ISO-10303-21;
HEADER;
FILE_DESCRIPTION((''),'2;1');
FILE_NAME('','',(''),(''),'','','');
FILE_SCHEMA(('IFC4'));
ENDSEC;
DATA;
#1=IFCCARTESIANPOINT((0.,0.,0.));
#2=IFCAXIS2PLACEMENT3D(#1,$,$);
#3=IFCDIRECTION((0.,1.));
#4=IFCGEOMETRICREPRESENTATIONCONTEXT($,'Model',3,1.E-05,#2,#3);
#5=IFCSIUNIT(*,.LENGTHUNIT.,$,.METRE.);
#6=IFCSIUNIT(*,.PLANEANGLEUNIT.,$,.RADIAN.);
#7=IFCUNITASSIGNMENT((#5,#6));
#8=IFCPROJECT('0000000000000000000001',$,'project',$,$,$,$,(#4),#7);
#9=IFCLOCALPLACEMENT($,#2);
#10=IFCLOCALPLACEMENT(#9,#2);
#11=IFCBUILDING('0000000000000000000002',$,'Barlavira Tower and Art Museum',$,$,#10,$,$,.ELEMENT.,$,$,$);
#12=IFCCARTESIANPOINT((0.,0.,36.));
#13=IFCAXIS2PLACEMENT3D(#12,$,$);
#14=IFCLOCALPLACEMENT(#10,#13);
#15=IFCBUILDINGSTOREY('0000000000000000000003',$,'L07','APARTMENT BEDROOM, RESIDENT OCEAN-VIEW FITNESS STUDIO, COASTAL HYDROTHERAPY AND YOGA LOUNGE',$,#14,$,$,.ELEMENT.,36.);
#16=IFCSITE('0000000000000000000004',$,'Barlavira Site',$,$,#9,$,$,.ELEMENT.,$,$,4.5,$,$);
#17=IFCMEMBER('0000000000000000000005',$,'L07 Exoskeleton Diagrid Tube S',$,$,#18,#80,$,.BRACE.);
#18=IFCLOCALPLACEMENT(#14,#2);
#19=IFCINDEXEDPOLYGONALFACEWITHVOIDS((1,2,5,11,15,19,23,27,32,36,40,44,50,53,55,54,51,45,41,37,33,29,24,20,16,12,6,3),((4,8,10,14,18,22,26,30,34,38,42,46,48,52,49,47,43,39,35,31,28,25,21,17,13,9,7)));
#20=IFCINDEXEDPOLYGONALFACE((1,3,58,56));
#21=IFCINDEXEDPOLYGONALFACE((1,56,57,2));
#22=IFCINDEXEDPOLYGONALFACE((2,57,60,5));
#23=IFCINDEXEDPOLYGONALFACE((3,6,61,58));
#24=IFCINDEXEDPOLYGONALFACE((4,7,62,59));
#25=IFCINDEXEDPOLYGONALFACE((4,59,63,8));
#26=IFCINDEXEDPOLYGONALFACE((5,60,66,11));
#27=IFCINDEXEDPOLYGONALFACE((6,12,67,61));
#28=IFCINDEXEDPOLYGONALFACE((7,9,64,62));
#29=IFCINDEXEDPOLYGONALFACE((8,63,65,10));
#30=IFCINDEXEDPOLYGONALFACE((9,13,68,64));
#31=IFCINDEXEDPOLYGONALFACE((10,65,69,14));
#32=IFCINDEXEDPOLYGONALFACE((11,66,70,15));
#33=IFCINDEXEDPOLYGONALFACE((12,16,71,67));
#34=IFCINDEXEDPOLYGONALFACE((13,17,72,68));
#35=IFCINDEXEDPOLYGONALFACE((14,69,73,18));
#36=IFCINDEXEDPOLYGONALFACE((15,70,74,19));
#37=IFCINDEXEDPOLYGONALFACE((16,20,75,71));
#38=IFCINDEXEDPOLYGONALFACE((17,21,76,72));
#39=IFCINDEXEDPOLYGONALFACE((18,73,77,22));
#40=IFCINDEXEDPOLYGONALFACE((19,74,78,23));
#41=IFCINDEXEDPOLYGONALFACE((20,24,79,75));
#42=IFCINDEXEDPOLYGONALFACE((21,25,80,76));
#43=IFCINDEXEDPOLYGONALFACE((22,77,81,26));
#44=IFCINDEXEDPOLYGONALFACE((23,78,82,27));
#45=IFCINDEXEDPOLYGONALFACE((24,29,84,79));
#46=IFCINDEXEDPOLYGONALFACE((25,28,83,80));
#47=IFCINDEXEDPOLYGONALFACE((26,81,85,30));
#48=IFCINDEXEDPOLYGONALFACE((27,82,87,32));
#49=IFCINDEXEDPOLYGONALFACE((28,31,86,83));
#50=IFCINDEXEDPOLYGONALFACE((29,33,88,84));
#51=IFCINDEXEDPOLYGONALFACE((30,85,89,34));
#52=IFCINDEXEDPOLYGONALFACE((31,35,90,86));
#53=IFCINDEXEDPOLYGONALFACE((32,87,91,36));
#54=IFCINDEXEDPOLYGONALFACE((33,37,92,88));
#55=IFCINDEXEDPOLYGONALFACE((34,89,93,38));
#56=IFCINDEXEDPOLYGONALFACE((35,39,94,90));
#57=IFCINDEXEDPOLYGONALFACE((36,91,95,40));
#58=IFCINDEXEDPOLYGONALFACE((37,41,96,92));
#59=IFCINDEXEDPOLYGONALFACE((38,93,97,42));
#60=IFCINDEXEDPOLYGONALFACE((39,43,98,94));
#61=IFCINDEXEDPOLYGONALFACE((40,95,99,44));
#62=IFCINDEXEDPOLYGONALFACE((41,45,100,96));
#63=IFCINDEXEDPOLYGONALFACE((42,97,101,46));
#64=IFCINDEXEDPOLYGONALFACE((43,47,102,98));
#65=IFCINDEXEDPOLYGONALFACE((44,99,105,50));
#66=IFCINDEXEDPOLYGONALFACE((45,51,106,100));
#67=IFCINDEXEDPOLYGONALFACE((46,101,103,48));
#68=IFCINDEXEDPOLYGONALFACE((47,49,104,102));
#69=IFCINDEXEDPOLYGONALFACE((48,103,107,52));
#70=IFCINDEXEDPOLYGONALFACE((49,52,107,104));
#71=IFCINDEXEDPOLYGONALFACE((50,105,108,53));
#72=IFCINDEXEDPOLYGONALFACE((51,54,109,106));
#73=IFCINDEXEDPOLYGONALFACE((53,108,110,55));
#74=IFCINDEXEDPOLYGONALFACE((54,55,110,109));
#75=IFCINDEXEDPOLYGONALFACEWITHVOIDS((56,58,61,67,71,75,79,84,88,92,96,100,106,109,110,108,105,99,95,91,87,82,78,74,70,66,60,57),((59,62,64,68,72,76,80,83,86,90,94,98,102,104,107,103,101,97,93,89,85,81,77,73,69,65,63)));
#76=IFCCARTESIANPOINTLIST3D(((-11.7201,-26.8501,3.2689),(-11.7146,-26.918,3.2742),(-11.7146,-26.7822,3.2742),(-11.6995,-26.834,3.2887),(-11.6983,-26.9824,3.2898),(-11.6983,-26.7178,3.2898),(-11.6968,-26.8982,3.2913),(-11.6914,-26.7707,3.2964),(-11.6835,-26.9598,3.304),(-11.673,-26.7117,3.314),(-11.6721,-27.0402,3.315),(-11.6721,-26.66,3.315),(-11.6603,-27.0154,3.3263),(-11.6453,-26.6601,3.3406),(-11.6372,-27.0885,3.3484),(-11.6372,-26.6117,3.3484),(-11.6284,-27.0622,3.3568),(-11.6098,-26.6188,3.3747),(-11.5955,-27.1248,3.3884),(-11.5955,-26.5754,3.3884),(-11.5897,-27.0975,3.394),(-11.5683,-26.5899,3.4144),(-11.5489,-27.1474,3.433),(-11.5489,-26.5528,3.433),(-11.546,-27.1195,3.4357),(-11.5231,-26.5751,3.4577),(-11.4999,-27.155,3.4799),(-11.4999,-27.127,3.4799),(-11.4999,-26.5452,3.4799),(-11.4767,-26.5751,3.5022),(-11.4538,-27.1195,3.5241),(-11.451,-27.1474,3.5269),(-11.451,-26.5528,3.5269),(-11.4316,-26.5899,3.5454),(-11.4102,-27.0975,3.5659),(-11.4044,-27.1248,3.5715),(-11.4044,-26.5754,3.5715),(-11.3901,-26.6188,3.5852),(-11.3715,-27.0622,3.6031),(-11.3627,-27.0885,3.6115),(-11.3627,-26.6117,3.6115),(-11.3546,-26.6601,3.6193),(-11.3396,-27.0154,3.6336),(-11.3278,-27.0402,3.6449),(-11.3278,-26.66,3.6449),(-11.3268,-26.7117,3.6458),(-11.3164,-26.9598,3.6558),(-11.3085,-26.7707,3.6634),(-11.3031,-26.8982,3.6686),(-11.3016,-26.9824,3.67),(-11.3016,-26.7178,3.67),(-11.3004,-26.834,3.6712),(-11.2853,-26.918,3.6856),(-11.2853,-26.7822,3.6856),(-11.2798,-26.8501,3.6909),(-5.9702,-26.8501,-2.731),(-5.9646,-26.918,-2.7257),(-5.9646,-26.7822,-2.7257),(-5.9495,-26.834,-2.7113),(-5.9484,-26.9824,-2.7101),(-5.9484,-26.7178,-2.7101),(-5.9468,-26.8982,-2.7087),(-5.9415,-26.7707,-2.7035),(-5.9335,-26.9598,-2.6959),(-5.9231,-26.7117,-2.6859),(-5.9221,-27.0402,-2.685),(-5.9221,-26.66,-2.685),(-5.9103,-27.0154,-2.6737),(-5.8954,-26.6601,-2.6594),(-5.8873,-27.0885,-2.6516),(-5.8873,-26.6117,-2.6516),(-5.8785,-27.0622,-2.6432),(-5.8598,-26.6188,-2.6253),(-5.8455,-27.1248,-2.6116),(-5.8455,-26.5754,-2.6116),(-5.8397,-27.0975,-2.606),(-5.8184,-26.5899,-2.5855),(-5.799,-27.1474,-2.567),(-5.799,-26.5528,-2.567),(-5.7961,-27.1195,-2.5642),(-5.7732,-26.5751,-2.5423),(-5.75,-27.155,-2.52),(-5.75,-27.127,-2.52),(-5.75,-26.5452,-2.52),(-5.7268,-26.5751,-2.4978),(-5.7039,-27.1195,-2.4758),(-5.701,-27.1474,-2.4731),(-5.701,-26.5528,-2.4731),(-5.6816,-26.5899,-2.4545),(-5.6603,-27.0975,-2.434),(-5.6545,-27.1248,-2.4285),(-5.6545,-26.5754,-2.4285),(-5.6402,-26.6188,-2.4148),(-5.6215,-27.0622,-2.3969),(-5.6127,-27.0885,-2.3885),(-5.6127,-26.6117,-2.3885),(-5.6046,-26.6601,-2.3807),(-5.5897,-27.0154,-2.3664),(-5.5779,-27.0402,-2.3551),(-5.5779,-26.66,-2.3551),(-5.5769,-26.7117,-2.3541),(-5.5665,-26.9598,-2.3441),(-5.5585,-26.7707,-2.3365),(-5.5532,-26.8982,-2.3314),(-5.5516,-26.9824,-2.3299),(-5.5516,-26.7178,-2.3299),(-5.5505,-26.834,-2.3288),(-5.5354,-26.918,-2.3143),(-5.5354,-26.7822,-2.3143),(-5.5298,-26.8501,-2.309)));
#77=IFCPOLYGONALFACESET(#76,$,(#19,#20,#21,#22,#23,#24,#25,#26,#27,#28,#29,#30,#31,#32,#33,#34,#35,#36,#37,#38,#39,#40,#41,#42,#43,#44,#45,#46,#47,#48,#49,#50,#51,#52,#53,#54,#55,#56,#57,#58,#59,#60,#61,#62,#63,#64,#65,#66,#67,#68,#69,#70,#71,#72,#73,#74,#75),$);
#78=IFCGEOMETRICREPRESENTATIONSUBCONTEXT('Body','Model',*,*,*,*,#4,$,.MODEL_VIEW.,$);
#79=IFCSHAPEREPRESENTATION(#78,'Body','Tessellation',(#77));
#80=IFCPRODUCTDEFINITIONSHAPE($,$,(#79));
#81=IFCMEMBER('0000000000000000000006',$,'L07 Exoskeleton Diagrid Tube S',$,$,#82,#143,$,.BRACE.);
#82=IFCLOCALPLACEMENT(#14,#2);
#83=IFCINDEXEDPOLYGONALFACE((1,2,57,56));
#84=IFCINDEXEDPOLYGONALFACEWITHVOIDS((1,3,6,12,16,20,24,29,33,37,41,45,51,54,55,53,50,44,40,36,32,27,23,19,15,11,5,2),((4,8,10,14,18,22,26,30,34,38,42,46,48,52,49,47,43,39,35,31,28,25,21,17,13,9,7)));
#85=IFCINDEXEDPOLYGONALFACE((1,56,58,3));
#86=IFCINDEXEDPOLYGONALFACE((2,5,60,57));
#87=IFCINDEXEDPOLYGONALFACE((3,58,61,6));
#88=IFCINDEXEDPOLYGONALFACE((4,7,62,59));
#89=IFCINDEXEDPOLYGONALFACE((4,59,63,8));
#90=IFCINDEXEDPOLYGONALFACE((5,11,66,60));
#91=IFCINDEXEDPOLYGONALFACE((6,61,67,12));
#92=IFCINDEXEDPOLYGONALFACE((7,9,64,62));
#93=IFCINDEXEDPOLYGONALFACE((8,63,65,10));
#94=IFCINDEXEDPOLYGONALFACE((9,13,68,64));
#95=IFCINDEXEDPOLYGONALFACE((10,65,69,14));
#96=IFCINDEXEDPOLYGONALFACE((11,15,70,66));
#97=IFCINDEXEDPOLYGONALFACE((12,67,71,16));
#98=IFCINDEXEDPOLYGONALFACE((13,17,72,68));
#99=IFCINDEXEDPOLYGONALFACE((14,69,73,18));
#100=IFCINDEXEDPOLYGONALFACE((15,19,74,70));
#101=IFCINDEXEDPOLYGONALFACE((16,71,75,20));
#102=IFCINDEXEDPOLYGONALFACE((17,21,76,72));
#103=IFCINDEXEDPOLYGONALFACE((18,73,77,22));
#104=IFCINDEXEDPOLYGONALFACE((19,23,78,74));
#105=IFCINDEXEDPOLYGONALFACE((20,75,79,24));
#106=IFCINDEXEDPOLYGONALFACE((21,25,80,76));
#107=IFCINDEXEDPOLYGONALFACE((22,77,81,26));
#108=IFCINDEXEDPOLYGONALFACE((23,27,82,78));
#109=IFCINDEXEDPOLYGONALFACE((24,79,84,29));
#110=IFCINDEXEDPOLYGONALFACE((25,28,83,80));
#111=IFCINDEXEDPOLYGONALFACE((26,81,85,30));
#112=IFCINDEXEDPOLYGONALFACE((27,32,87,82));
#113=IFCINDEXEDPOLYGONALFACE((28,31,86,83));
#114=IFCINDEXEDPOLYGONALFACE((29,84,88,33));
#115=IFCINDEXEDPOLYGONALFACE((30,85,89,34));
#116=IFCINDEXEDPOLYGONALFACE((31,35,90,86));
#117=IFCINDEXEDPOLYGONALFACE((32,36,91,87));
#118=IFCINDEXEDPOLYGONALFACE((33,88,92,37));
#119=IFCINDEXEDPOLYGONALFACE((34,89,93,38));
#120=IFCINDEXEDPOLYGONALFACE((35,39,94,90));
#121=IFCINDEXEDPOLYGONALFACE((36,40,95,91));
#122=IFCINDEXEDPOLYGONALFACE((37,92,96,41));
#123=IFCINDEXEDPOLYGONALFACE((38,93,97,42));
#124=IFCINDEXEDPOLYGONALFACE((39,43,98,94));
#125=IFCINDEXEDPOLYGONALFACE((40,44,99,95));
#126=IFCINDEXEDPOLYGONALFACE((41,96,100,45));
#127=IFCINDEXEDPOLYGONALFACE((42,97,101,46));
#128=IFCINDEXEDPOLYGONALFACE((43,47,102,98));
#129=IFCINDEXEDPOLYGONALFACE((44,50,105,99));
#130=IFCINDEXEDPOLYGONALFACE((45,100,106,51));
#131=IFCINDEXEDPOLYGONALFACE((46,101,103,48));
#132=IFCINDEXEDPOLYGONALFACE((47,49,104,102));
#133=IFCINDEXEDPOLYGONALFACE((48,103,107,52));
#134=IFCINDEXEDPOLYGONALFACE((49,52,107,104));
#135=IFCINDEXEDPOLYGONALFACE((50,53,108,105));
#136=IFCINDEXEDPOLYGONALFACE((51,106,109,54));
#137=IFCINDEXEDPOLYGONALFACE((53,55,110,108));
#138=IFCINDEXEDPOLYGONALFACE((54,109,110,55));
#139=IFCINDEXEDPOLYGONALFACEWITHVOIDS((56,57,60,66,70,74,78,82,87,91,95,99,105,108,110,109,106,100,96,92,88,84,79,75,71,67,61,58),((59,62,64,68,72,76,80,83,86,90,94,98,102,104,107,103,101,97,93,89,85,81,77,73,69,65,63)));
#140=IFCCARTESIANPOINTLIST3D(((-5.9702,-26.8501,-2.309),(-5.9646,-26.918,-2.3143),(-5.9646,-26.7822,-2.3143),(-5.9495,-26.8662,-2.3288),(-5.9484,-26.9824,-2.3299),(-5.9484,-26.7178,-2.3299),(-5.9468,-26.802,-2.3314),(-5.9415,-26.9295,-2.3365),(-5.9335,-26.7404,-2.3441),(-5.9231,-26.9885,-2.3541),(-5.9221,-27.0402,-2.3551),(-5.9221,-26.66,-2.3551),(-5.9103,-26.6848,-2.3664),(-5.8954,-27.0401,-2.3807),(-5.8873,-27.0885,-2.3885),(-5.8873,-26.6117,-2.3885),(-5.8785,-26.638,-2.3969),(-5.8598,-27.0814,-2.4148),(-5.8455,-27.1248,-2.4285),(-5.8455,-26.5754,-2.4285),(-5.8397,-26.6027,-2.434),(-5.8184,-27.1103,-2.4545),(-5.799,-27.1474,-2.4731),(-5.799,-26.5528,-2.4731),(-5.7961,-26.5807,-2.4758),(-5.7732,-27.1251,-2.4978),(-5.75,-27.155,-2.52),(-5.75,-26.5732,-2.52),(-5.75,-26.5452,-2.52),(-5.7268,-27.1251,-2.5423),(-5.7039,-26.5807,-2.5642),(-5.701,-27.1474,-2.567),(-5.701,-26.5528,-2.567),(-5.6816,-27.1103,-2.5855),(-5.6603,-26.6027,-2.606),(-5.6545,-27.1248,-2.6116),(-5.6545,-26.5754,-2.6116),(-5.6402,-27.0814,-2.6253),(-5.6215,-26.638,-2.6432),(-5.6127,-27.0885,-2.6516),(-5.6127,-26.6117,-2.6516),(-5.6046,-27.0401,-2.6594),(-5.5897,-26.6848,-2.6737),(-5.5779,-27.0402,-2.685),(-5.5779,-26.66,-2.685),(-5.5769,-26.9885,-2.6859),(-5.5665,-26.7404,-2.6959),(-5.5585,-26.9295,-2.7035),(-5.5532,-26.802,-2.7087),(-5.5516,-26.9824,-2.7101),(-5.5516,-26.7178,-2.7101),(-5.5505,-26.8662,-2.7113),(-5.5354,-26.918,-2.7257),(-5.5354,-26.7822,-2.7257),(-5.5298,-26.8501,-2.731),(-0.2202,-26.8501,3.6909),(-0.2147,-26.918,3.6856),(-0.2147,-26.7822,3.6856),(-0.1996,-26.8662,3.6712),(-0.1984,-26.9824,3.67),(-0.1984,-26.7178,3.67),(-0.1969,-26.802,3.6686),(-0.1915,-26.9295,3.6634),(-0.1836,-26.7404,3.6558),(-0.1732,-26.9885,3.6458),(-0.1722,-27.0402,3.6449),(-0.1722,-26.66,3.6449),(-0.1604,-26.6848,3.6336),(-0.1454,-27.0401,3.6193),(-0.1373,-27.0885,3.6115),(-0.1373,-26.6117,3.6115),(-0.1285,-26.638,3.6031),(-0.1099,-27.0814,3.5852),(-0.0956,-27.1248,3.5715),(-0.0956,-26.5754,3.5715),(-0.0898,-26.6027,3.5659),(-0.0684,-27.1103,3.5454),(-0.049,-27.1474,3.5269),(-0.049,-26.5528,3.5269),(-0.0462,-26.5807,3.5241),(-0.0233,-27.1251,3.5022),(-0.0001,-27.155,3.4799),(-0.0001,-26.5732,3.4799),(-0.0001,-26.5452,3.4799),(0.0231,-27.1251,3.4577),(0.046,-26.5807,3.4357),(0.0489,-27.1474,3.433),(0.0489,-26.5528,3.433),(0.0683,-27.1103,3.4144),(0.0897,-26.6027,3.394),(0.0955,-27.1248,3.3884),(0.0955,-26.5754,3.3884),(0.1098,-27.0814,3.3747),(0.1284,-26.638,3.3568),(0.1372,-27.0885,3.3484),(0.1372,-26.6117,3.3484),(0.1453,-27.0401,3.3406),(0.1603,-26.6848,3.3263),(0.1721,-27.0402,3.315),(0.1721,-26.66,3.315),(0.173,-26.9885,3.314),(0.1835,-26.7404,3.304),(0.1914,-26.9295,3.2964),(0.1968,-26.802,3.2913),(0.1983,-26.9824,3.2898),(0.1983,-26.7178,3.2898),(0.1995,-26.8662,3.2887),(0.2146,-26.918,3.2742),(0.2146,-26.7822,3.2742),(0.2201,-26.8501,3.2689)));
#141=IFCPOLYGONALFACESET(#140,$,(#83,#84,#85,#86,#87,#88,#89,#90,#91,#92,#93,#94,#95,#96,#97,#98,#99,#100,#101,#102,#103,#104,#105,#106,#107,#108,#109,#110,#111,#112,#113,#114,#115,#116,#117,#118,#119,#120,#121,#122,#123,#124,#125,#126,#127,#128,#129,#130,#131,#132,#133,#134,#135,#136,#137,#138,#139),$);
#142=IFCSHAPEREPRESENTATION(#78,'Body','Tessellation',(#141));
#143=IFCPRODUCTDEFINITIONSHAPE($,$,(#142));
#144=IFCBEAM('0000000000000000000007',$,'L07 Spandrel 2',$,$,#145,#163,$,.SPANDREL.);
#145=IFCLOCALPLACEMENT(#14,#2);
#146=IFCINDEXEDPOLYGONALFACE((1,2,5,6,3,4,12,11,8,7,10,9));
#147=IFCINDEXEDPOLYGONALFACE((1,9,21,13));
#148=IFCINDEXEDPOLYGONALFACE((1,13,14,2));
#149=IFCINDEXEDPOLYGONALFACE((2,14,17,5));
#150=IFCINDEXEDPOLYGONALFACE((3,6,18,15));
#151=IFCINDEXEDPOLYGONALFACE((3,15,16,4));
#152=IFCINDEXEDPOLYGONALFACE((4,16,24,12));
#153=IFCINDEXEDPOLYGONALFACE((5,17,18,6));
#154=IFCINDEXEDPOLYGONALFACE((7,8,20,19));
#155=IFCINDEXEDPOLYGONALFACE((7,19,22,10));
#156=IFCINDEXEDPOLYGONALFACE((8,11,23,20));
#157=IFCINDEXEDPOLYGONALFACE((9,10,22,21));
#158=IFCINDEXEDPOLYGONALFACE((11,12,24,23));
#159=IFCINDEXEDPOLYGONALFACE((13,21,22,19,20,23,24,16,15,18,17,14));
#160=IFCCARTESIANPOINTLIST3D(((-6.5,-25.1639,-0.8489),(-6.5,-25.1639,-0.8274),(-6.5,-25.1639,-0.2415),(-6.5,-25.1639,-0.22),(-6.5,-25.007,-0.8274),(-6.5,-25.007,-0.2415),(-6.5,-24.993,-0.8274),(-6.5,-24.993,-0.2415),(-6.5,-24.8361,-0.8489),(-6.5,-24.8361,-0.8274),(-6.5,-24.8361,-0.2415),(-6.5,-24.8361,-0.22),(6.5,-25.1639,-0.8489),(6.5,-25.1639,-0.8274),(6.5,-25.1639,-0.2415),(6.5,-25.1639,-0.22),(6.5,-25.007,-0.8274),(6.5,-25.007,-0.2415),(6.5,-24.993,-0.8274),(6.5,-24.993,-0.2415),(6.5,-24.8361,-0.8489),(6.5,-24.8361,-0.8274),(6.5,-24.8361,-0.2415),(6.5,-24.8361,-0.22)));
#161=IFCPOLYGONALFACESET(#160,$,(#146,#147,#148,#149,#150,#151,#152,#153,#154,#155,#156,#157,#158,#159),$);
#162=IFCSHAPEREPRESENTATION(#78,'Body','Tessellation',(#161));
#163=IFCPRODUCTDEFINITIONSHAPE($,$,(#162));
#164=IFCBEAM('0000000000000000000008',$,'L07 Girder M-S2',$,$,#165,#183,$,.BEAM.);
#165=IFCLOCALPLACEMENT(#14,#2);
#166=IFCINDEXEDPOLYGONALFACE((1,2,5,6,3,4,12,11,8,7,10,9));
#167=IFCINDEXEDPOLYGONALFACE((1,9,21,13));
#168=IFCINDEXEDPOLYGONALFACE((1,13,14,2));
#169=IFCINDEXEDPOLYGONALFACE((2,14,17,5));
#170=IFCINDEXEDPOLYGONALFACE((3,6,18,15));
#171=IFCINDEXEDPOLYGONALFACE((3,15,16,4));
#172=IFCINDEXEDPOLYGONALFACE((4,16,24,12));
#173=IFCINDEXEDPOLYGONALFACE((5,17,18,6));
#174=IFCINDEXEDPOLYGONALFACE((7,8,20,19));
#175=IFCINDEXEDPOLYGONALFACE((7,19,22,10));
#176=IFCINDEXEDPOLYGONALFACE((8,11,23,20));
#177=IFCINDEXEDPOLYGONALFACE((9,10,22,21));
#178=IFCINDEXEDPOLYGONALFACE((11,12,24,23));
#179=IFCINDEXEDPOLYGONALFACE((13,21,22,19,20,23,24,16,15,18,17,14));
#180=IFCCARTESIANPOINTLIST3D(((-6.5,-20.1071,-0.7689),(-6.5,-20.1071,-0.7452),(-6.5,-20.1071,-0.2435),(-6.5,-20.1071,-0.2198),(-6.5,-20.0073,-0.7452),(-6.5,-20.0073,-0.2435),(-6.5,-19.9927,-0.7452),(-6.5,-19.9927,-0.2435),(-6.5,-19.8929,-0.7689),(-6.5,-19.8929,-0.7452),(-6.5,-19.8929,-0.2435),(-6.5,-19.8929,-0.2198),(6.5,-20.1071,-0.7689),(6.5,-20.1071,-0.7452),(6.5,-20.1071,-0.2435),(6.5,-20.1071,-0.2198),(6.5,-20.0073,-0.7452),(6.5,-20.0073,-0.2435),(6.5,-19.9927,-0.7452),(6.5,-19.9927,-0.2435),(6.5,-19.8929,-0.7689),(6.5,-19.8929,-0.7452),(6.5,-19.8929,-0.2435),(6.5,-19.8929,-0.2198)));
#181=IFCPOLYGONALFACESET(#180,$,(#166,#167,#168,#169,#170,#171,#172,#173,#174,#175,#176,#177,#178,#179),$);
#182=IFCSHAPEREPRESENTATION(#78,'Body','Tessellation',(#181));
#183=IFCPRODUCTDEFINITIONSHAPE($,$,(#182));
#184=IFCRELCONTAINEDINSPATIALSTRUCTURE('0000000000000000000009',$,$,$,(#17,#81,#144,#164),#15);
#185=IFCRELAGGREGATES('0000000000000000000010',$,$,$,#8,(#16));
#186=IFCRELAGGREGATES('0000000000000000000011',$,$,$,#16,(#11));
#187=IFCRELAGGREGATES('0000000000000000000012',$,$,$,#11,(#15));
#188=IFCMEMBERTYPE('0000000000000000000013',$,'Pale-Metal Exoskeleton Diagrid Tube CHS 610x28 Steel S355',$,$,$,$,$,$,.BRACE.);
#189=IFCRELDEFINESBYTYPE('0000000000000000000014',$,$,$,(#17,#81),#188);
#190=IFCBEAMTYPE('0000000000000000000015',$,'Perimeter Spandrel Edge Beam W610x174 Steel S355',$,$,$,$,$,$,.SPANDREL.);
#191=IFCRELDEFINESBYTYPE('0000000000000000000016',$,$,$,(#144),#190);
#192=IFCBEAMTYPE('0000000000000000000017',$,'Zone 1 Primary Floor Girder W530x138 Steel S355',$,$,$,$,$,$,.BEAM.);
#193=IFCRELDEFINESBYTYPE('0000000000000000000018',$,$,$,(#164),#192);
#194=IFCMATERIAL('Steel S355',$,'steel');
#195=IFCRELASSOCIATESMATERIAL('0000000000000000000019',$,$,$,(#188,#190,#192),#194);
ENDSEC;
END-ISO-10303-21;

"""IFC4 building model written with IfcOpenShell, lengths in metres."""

from ifc_helpers import new_model, si_unit, direction, frame, origin, origin_2d, place, context, subcontext, project, spatial, hollow_circle, i_section, extrude, material, material_profile, profile_set, type_object, element, save


model = new_model("IFC4")

# Units and contexts
model_context = context("Model", 3, precision=1e-05, world=origin(), true_north=direction((0.0, 1.0)))
body_context = subcontext(model_context, "Body", "Model", "MODEL_VIEW")
ifc_project = project(units=[si_unit("LENGTHUNIT", "METRE"), si_unit("PLANEANGLEUNIT", "RADIAN")], contexts=[model_context])

# Site, building, storey
site_placement = place(None, origin())
site = spatial("IfcSite", under=ifc_project, at=site_placement, Name="Barlavira Site", CompositionType="ELEMENT", RefElevation=4.5)
building_placement = place(site_placement, origin())
building = spatial("IfcBuilding", under=site, at=building_placement, Name="Barlavira Tower and Art Museum", CompositionType="ELEMENT")
storey_placement = place(building_placement, frame((0.0, 0.0, 36.0)))
storey = spatial("IfcBuildingStorey", under=building, at=storey_placement, Name="L07", Description="APARTMENT BEDROOM, RESIDENT OCEAN-VIEW FITNESS STUDIO, COASTAL HYDROTHERAPY AND YOGA LOUNGE", CompositionType="ELEMENT", Elevation=36.0)

# Members
ifc_material_1 = material(Name="Steel S355", Category="steel")
ifc_material_profile_1 = material_profile(ifc_material_1, hollow_circle(Radius=0.3049, WallThickness=0.0281, at=origin_2d()), Name="CHS 610.0x28.0")
ifc_profile_set_1 = profile_set([ifc_material_profile_1], Name="Steel S355")
member_type_1 = type_object("IfcMemberType", Name="Pale-Metal Exoskeleton Diagrid Tube CHS 610x28 Steel S355", PredefinedType="BRACE", material=ifc_profile_set_1)
for number, where, z_axis, x_axis, name in (
    (1, (-5.75, -26.8501, -2.52), (-0.691905, 0.0, 0.721988), (0.0, -1.0, 0.0), "L07 Exoskeleton Diagrid Tube S"),
    (2, (-5.75, -26.8501, -2.52), (0.691905, 0.0, 0.721988), (0.0, 1.0, 0.0), "L07 Exoskeleton Diagrid Tube S"),
):
    element("IfcMember", number, at=place(storey_placement, frame(where, z_axis=z_axis, x_axis=x_axis)), inside=storey, type_object=member_type_1, Name=name, PredefinedType="BRACE", context=body_context, shape_type="SweptSolid", body=[
        extrude(hollow_circle(Radius=0.3049, WallThickness=0.0281, at=origin_2d()), origin(), (0.0, 0.0, 1.0), 8.3103),
    ])

# Beams
ifc_material_profile_2 = material_profile(ifc_material_1, i_section(OverallWidth=0.3279, OverallDepth=0.6289, WebThickness=0.0139, FlangeThickness=0.0215, at=origin_2d()), Name="W610x174.0")
ifc_profile_set_2 = profile_set([ifc_material_profile_2], Name="Steel S355")
beam_type_1 = type_object("IfcBeamType", Name="Perimeter Spandrel Edge Beam W610x174 Steel S355", PredefinedType="SPANDREL", material=ifc_profile_set_2)
beam_1_placement = place(storey_placement, frame((-6.5, -25.0, -0.5344), z_axis=(1.0, 0.0, 0.0), x_axis=(0.0, 1.0, 0.0)))
element("IfcBeam", 3, at=beam_1_placement, inside=storey, type_object=beam_type_1, Name="L07 Spandrel 2", PredefinedType="SPANDREL", context=body_context, shape_type="SweptSolid", body=[
    extrude(i_section(OverallWidth=0.3279, OverallDepth=0.6289, WebThickness=0.0139, FlangeThickness=0.0215, at=origin_2d()), origin(), (0.0, 0.0, 1.0), 13.0),
])
ifc_material_profile_3 = material_profile(ifc_material_1, i_section(OverallWidth=0.2141, OverallDepth=0.5491, WebThickness=0.0146, FlangeThickness=0.0237, at=origin_2d()), Name="W530x138.0")
ifc_profile_set_3 = profile_set([ifc_material_profile_3], Name="Steel S355")
beam_type_2 = type_object("IfcBeamType", Name="Zone 1 Primary Floor Girder W530x138 Steel S355", PredefinedType="BEAM", material=ifc_profile_set_3)
beam_2_placement = place(storey_placement, frame((-6.5, -20.0, -0.4944), z_axis=(1.0, 0.0, 0.0), x_axis=(0.0, 1.0, 0.0)))
element("IfcBeam", 4, at=beam_2_placement, inside=storey, type_object=beam_type_2, Name="L07 Girder M-S2", PredefinedType="BEAM", context=body_context, shape_type="SweptSolid", body=[
    extrude(i_section(OverallWidth=0.2141, OverallDepth=0.5491, WebThickness=0.0146, FlangeThickness=0.0237, at=origin_2d()), origin(), (0.0, 0.0, 1.0), 13.0),
])

save(model, "model.ifc")
